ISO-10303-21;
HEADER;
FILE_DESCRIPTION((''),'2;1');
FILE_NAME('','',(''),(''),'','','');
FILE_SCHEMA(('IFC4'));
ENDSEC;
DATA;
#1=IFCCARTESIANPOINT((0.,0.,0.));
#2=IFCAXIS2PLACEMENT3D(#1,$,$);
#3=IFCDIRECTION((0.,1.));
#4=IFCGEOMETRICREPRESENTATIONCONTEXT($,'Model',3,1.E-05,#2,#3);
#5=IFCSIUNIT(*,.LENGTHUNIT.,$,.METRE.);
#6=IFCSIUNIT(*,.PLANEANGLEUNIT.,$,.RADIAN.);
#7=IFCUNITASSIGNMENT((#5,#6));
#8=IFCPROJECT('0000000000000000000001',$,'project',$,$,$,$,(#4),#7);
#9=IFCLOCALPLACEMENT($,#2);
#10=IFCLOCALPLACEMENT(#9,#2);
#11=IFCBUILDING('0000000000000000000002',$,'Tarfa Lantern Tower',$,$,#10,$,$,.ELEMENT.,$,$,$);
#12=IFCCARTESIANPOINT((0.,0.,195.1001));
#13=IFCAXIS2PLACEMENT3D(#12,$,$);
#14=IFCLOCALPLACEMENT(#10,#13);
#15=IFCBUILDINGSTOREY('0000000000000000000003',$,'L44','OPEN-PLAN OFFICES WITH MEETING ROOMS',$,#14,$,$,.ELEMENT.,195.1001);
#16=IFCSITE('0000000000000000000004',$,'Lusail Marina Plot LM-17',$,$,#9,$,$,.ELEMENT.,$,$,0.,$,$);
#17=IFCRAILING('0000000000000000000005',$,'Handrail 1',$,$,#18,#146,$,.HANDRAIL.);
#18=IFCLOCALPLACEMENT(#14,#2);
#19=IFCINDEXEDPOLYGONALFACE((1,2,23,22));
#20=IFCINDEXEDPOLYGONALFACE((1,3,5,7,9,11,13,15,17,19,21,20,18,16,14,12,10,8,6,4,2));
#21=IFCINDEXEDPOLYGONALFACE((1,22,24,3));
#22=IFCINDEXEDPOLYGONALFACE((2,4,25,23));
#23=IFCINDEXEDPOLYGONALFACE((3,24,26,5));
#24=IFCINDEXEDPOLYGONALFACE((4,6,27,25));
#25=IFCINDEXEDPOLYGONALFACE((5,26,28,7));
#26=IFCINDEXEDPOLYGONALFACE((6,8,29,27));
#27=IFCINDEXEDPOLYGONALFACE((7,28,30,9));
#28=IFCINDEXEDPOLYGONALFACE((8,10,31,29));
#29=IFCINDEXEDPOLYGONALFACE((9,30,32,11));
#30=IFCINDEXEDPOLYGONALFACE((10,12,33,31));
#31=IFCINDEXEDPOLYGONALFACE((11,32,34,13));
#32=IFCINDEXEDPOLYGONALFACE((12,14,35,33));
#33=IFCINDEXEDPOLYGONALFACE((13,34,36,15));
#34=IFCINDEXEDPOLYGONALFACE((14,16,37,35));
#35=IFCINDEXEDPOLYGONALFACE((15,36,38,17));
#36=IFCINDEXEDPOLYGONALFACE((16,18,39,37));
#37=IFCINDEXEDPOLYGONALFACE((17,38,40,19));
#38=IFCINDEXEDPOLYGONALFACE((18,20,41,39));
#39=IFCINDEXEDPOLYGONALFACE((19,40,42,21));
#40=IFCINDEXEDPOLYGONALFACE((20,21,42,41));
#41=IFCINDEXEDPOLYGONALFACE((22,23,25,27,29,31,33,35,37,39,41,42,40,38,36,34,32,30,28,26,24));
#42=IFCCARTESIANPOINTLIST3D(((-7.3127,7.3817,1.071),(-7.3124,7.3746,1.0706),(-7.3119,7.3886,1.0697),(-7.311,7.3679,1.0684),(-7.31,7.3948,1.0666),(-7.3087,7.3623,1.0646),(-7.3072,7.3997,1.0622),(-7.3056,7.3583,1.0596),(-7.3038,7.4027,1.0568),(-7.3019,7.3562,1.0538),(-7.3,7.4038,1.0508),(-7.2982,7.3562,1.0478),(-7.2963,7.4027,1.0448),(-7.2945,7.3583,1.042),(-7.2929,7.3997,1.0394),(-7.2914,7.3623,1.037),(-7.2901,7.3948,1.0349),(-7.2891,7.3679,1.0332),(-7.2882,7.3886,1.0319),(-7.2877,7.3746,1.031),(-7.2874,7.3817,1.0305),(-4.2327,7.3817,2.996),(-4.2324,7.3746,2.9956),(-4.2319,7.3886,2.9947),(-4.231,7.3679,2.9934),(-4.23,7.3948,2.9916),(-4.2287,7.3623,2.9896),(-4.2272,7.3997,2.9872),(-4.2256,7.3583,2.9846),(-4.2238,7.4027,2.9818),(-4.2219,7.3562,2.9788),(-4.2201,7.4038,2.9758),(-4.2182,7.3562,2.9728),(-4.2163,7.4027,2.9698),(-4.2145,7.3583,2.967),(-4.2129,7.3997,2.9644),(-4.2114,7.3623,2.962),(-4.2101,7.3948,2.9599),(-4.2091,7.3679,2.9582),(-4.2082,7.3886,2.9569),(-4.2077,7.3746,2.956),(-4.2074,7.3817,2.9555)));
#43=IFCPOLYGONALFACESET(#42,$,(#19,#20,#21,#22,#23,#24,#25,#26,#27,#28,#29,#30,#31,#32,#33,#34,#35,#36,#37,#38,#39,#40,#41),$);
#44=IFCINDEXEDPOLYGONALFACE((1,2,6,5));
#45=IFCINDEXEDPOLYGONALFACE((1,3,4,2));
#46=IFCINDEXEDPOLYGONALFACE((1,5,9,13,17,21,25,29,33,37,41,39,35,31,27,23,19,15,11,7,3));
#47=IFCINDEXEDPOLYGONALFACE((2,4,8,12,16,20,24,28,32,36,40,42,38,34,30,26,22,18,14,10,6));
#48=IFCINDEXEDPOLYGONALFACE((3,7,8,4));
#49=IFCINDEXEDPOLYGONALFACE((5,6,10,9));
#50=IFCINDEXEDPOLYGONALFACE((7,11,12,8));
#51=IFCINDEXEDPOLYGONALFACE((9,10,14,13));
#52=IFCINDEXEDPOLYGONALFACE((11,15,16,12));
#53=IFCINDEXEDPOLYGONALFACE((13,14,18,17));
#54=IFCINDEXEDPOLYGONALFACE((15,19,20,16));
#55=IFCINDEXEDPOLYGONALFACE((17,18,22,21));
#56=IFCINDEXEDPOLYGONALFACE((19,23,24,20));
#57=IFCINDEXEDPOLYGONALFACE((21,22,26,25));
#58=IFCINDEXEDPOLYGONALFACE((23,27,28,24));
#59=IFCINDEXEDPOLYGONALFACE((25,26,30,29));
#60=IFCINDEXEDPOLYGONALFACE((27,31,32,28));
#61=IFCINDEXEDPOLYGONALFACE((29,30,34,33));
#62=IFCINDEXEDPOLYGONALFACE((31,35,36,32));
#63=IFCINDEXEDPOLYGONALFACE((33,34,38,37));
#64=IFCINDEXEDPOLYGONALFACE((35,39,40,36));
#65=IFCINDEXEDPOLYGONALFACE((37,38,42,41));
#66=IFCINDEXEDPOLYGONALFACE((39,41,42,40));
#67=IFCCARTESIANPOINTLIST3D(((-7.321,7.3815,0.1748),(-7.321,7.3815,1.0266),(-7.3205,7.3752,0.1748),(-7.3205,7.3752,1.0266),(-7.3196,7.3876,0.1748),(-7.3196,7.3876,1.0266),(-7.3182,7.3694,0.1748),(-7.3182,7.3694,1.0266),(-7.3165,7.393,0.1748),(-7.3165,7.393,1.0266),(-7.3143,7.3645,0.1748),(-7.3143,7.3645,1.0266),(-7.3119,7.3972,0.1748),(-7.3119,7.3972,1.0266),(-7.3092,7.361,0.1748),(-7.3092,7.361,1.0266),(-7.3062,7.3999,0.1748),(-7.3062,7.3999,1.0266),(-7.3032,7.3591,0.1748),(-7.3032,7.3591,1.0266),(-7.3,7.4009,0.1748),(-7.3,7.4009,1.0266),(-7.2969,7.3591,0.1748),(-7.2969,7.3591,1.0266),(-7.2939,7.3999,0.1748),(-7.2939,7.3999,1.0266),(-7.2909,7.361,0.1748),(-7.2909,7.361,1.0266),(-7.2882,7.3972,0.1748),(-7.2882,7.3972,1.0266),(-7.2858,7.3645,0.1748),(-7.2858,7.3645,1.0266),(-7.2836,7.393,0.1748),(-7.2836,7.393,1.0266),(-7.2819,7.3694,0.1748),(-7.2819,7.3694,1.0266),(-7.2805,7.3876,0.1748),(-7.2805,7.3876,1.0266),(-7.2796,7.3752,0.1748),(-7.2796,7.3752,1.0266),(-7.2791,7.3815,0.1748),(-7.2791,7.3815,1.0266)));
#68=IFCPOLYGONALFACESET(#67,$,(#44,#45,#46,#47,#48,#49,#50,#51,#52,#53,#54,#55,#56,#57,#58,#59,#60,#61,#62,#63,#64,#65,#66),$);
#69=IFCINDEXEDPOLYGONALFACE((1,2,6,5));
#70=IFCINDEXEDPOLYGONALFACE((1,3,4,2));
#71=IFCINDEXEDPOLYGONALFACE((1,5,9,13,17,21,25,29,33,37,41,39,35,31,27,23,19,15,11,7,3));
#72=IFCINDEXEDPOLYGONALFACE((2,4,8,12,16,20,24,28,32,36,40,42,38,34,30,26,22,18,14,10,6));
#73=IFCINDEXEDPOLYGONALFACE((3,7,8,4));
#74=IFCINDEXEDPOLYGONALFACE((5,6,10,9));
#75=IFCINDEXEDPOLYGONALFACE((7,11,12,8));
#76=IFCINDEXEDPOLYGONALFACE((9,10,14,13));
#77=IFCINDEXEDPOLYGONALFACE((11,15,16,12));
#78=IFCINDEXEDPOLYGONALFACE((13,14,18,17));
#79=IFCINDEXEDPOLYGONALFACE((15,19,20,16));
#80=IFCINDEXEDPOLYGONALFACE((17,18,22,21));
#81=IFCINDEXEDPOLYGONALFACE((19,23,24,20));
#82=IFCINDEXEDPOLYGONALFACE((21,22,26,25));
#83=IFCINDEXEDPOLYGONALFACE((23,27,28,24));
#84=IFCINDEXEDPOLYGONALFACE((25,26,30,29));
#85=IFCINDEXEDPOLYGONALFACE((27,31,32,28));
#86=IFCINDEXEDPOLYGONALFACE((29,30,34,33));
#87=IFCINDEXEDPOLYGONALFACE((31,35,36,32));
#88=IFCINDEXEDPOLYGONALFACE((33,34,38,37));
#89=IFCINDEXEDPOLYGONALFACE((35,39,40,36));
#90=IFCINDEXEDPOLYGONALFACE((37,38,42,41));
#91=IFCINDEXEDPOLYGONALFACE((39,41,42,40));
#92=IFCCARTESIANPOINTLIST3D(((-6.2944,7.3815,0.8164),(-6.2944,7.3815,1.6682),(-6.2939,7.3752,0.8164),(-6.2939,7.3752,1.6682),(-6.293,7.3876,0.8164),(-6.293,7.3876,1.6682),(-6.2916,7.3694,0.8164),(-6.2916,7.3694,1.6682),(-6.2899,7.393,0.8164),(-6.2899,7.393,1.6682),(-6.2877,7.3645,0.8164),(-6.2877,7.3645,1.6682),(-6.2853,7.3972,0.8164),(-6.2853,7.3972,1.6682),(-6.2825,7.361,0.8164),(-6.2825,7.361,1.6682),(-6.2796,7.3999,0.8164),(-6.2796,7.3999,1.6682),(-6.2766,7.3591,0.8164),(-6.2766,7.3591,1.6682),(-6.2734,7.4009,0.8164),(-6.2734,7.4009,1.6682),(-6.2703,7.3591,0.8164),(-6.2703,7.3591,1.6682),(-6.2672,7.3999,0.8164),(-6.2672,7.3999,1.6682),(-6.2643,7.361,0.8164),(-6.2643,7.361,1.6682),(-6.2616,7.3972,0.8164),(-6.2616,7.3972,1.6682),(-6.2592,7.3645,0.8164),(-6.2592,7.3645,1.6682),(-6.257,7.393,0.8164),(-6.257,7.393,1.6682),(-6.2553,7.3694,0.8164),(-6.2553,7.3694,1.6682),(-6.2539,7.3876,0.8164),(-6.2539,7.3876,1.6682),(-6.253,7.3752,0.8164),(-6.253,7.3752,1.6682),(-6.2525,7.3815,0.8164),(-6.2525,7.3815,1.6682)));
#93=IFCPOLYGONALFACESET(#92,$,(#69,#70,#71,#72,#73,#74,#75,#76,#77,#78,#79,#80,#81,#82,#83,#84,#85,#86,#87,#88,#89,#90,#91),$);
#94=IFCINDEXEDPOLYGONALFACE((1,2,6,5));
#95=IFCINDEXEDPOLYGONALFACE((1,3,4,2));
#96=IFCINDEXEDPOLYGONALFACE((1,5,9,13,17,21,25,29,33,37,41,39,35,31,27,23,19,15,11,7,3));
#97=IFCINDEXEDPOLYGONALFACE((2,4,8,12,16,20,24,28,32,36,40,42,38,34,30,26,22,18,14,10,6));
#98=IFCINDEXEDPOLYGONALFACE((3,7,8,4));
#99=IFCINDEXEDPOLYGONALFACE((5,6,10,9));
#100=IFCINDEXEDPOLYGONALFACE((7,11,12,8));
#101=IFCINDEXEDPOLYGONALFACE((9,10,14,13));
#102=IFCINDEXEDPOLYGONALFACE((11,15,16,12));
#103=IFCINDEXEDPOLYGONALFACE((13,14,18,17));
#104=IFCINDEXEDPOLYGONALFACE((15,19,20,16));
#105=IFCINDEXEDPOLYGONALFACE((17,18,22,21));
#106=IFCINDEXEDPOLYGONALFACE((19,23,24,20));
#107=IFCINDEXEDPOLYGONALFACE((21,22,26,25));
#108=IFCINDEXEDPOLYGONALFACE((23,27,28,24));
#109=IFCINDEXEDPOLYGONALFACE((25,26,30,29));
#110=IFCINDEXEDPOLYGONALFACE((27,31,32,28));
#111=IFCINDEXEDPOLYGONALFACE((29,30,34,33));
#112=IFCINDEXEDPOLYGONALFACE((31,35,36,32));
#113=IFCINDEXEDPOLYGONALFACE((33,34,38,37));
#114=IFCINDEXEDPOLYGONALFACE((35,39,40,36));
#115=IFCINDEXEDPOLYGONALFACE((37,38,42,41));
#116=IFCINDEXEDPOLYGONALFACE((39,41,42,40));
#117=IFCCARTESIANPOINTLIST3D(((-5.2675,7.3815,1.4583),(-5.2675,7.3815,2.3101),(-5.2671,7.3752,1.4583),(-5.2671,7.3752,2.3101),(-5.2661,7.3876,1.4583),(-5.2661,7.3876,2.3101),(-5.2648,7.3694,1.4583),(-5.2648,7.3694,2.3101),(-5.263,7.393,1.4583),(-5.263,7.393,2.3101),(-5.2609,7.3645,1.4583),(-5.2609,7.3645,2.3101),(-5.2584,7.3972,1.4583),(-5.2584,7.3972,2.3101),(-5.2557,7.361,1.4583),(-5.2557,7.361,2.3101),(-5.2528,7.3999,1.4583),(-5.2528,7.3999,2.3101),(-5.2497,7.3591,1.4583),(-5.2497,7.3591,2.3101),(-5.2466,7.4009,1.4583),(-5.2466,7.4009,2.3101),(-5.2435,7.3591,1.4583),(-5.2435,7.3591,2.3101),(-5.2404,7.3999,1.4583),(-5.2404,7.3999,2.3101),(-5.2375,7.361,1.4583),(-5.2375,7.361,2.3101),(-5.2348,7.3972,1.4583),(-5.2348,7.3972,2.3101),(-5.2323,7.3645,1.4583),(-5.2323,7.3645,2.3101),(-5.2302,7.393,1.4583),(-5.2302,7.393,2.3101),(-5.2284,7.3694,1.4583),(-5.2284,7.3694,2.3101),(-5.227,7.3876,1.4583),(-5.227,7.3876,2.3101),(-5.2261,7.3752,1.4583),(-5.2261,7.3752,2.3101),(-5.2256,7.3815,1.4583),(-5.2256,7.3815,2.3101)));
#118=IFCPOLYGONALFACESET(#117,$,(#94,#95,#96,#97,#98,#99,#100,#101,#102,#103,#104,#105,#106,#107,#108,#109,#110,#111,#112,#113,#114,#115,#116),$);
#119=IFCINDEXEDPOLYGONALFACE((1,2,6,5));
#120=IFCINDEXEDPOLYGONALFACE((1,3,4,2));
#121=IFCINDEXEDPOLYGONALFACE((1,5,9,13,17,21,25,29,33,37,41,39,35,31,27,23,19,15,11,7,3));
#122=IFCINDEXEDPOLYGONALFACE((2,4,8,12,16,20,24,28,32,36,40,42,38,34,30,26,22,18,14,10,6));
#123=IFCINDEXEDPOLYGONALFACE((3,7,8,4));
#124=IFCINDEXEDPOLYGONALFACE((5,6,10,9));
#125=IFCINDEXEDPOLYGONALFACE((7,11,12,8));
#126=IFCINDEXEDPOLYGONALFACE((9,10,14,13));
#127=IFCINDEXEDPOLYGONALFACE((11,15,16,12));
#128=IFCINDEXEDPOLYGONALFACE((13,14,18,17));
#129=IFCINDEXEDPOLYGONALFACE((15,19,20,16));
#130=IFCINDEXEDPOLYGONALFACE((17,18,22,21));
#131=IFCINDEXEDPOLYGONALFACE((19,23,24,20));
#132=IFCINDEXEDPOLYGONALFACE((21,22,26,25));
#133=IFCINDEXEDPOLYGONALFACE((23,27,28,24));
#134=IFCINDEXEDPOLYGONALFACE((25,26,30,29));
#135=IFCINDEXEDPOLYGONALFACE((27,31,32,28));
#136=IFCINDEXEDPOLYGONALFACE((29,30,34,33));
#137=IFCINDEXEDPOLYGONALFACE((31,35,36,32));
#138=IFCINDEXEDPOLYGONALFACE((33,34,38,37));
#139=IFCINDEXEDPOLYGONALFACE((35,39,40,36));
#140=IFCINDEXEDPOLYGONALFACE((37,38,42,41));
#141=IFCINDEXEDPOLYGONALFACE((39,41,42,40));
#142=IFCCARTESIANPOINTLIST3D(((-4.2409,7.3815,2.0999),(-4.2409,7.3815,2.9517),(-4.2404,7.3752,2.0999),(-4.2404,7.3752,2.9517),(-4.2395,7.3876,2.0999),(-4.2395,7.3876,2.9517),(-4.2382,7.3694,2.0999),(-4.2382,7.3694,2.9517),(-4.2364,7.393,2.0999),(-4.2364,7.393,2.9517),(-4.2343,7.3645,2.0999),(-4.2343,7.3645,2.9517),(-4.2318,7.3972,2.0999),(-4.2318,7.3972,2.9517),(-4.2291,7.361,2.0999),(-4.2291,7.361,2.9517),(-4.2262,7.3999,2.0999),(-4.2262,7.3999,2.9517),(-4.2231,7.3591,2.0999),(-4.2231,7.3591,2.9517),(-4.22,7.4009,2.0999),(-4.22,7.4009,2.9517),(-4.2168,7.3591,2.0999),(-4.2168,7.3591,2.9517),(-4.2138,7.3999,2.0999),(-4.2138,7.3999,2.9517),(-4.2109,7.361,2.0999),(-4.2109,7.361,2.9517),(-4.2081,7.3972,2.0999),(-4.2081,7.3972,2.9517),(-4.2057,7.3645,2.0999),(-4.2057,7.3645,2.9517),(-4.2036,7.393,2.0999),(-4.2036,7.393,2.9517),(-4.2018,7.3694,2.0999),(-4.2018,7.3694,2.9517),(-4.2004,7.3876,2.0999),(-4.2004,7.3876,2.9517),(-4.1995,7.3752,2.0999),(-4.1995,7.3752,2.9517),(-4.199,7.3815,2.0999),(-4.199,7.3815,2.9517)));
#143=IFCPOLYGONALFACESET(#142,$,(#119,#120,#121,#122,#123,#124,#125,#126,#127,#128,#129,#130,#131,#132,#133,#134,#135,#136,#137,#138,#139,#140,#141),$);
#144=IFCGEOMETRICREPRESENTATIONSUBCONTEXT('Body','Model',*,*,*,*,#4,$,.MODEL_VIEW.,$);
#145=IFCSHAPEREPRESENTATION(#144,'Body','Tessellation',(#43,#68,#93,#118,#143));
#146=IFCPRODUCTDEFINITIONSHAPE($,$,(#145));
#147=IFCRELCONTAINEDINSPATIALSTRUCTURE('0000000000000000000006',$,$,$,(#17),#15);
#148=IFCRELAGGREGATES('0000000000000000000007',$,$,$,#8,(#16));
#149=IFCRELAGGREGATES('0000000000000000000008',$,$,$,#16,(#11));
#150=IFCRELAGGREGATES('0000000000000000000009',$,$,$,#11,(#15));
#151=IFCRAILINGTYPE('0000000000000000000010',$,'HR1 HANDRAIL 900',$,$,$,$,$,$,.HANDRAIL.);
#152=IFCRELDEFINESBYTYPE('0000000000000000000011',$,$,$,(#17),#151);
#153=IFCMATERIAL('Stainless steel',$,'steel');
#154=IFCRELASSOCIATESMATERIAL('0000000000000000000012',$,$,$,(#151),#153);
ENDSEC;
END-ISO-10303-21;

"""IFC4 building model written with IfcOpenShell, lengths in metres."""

from ifc_helpers import new_model, si_unit, direction, frame, origin, origin_2d, place, context, subcontext, project, spatial, circle, extrude, material, type_object, element, save


model = new_model("IFC4")

# Units and contexts
model_context = context("Model", 3, precision=1e-05, world=origin(), true_north=direction((0.0, 1.0)))
body_context = subcontext(model_context, "Body", "Model", "MODEL_VIEW")
ifc_project = project(units=[si_unit("LENGTHUNIT", "METRE"), si_unit("PLANEANGLEUNIT", "RADIAN")], contexts=[model_context])

# Site, building, storey
site_placement = place(None, origin())
site = spatial("IfcSite", under=ifc_project, at=site_placement, Name="Lusail Marina Plot LM-17", CompositionType="ELEMENT", RefElevation=0.0)
building_placement = place(site_placement, origin())
building = spatial("IfcBuilding", under=site, at=building_placement, Name="Tarfa Lantern Tower", CompositionType="ELEMENT")
storey_placement = place(building_placement, frame((0.0, 0.0, 195.1001)))
storey = spatial("IfcBuildingStorey", under=building, at=storey_placement, Name="L44", Description="OPEN-PLAN OFFICES WITH MEETING ROOMS", CompositionType="ELEMENT", Elevation=195.1001)

# Railing
ifc_material_1 = material(Name="Stainless steel", Category="steel")
railing_type = type_object("IfcRailingType", Name="HR1 HANDRAIL 900", PredefinedType="HANDRAIL", material=ifc_material_1)
railing_1_placement = place(storey_placement, frame((-7.3, 7.3799, 0.1748)))
element("IfcRailing", 1, at=railing_1_placement, inside=storey, type_object=railing_type, Name="Handrail 1", PredefinedType="HANDRAIL", context=body_context, shape_type="SweptSolid", body=[
    extrude(circle(Radius=0.0239, at=origin_2d()), frame((0.0, 0.0, 0.876), z_axis=(0.847998, 0.0, 0.529999), x_axis=(0.0, 1.0, 0.0)), (0.0, 0.0, 1.0), 3.6321),
    extrude(circle(Radius=0.021, at=origin_2d()), frame((0.0, 0.0, 0.0), z_axis=(0.0, 0.0, 1.0), x_axis=(0.0, 1.0, 0.0)), (0.0, 0.0, 1.0), 0.8518),
    extrude(circle(Radius=0.021, at=origin_2d()), frame((1.0266, 0.0, 0.6416), z_axis=(0.0, 0.0, 1.0), x_axis=(0.0, 1.0, 0.0)), (0.0, 0.0, 1.0), 0.8518),
    extrude(circle(Radius=0.021, at=origin_2d()), frame((2.0535, 0.0, 1.2834), z_axis=(0.0, 0.0, 1.0), x_axis=(0.0, 1.0, 0.0)), (0.0, 0.0, 1.0), 0.8518),
    extrude(circle(Radius=0.021, at=origin_2d()), frame((3.0801, 0.0, 1.925), z_axis=(0.0, 0.0, 1.0), x_axis=(0.0, 1.0, 0.0)), (0.0, 0.0, 1.0), 0.8518),
])

save(model, "model.ifc")
